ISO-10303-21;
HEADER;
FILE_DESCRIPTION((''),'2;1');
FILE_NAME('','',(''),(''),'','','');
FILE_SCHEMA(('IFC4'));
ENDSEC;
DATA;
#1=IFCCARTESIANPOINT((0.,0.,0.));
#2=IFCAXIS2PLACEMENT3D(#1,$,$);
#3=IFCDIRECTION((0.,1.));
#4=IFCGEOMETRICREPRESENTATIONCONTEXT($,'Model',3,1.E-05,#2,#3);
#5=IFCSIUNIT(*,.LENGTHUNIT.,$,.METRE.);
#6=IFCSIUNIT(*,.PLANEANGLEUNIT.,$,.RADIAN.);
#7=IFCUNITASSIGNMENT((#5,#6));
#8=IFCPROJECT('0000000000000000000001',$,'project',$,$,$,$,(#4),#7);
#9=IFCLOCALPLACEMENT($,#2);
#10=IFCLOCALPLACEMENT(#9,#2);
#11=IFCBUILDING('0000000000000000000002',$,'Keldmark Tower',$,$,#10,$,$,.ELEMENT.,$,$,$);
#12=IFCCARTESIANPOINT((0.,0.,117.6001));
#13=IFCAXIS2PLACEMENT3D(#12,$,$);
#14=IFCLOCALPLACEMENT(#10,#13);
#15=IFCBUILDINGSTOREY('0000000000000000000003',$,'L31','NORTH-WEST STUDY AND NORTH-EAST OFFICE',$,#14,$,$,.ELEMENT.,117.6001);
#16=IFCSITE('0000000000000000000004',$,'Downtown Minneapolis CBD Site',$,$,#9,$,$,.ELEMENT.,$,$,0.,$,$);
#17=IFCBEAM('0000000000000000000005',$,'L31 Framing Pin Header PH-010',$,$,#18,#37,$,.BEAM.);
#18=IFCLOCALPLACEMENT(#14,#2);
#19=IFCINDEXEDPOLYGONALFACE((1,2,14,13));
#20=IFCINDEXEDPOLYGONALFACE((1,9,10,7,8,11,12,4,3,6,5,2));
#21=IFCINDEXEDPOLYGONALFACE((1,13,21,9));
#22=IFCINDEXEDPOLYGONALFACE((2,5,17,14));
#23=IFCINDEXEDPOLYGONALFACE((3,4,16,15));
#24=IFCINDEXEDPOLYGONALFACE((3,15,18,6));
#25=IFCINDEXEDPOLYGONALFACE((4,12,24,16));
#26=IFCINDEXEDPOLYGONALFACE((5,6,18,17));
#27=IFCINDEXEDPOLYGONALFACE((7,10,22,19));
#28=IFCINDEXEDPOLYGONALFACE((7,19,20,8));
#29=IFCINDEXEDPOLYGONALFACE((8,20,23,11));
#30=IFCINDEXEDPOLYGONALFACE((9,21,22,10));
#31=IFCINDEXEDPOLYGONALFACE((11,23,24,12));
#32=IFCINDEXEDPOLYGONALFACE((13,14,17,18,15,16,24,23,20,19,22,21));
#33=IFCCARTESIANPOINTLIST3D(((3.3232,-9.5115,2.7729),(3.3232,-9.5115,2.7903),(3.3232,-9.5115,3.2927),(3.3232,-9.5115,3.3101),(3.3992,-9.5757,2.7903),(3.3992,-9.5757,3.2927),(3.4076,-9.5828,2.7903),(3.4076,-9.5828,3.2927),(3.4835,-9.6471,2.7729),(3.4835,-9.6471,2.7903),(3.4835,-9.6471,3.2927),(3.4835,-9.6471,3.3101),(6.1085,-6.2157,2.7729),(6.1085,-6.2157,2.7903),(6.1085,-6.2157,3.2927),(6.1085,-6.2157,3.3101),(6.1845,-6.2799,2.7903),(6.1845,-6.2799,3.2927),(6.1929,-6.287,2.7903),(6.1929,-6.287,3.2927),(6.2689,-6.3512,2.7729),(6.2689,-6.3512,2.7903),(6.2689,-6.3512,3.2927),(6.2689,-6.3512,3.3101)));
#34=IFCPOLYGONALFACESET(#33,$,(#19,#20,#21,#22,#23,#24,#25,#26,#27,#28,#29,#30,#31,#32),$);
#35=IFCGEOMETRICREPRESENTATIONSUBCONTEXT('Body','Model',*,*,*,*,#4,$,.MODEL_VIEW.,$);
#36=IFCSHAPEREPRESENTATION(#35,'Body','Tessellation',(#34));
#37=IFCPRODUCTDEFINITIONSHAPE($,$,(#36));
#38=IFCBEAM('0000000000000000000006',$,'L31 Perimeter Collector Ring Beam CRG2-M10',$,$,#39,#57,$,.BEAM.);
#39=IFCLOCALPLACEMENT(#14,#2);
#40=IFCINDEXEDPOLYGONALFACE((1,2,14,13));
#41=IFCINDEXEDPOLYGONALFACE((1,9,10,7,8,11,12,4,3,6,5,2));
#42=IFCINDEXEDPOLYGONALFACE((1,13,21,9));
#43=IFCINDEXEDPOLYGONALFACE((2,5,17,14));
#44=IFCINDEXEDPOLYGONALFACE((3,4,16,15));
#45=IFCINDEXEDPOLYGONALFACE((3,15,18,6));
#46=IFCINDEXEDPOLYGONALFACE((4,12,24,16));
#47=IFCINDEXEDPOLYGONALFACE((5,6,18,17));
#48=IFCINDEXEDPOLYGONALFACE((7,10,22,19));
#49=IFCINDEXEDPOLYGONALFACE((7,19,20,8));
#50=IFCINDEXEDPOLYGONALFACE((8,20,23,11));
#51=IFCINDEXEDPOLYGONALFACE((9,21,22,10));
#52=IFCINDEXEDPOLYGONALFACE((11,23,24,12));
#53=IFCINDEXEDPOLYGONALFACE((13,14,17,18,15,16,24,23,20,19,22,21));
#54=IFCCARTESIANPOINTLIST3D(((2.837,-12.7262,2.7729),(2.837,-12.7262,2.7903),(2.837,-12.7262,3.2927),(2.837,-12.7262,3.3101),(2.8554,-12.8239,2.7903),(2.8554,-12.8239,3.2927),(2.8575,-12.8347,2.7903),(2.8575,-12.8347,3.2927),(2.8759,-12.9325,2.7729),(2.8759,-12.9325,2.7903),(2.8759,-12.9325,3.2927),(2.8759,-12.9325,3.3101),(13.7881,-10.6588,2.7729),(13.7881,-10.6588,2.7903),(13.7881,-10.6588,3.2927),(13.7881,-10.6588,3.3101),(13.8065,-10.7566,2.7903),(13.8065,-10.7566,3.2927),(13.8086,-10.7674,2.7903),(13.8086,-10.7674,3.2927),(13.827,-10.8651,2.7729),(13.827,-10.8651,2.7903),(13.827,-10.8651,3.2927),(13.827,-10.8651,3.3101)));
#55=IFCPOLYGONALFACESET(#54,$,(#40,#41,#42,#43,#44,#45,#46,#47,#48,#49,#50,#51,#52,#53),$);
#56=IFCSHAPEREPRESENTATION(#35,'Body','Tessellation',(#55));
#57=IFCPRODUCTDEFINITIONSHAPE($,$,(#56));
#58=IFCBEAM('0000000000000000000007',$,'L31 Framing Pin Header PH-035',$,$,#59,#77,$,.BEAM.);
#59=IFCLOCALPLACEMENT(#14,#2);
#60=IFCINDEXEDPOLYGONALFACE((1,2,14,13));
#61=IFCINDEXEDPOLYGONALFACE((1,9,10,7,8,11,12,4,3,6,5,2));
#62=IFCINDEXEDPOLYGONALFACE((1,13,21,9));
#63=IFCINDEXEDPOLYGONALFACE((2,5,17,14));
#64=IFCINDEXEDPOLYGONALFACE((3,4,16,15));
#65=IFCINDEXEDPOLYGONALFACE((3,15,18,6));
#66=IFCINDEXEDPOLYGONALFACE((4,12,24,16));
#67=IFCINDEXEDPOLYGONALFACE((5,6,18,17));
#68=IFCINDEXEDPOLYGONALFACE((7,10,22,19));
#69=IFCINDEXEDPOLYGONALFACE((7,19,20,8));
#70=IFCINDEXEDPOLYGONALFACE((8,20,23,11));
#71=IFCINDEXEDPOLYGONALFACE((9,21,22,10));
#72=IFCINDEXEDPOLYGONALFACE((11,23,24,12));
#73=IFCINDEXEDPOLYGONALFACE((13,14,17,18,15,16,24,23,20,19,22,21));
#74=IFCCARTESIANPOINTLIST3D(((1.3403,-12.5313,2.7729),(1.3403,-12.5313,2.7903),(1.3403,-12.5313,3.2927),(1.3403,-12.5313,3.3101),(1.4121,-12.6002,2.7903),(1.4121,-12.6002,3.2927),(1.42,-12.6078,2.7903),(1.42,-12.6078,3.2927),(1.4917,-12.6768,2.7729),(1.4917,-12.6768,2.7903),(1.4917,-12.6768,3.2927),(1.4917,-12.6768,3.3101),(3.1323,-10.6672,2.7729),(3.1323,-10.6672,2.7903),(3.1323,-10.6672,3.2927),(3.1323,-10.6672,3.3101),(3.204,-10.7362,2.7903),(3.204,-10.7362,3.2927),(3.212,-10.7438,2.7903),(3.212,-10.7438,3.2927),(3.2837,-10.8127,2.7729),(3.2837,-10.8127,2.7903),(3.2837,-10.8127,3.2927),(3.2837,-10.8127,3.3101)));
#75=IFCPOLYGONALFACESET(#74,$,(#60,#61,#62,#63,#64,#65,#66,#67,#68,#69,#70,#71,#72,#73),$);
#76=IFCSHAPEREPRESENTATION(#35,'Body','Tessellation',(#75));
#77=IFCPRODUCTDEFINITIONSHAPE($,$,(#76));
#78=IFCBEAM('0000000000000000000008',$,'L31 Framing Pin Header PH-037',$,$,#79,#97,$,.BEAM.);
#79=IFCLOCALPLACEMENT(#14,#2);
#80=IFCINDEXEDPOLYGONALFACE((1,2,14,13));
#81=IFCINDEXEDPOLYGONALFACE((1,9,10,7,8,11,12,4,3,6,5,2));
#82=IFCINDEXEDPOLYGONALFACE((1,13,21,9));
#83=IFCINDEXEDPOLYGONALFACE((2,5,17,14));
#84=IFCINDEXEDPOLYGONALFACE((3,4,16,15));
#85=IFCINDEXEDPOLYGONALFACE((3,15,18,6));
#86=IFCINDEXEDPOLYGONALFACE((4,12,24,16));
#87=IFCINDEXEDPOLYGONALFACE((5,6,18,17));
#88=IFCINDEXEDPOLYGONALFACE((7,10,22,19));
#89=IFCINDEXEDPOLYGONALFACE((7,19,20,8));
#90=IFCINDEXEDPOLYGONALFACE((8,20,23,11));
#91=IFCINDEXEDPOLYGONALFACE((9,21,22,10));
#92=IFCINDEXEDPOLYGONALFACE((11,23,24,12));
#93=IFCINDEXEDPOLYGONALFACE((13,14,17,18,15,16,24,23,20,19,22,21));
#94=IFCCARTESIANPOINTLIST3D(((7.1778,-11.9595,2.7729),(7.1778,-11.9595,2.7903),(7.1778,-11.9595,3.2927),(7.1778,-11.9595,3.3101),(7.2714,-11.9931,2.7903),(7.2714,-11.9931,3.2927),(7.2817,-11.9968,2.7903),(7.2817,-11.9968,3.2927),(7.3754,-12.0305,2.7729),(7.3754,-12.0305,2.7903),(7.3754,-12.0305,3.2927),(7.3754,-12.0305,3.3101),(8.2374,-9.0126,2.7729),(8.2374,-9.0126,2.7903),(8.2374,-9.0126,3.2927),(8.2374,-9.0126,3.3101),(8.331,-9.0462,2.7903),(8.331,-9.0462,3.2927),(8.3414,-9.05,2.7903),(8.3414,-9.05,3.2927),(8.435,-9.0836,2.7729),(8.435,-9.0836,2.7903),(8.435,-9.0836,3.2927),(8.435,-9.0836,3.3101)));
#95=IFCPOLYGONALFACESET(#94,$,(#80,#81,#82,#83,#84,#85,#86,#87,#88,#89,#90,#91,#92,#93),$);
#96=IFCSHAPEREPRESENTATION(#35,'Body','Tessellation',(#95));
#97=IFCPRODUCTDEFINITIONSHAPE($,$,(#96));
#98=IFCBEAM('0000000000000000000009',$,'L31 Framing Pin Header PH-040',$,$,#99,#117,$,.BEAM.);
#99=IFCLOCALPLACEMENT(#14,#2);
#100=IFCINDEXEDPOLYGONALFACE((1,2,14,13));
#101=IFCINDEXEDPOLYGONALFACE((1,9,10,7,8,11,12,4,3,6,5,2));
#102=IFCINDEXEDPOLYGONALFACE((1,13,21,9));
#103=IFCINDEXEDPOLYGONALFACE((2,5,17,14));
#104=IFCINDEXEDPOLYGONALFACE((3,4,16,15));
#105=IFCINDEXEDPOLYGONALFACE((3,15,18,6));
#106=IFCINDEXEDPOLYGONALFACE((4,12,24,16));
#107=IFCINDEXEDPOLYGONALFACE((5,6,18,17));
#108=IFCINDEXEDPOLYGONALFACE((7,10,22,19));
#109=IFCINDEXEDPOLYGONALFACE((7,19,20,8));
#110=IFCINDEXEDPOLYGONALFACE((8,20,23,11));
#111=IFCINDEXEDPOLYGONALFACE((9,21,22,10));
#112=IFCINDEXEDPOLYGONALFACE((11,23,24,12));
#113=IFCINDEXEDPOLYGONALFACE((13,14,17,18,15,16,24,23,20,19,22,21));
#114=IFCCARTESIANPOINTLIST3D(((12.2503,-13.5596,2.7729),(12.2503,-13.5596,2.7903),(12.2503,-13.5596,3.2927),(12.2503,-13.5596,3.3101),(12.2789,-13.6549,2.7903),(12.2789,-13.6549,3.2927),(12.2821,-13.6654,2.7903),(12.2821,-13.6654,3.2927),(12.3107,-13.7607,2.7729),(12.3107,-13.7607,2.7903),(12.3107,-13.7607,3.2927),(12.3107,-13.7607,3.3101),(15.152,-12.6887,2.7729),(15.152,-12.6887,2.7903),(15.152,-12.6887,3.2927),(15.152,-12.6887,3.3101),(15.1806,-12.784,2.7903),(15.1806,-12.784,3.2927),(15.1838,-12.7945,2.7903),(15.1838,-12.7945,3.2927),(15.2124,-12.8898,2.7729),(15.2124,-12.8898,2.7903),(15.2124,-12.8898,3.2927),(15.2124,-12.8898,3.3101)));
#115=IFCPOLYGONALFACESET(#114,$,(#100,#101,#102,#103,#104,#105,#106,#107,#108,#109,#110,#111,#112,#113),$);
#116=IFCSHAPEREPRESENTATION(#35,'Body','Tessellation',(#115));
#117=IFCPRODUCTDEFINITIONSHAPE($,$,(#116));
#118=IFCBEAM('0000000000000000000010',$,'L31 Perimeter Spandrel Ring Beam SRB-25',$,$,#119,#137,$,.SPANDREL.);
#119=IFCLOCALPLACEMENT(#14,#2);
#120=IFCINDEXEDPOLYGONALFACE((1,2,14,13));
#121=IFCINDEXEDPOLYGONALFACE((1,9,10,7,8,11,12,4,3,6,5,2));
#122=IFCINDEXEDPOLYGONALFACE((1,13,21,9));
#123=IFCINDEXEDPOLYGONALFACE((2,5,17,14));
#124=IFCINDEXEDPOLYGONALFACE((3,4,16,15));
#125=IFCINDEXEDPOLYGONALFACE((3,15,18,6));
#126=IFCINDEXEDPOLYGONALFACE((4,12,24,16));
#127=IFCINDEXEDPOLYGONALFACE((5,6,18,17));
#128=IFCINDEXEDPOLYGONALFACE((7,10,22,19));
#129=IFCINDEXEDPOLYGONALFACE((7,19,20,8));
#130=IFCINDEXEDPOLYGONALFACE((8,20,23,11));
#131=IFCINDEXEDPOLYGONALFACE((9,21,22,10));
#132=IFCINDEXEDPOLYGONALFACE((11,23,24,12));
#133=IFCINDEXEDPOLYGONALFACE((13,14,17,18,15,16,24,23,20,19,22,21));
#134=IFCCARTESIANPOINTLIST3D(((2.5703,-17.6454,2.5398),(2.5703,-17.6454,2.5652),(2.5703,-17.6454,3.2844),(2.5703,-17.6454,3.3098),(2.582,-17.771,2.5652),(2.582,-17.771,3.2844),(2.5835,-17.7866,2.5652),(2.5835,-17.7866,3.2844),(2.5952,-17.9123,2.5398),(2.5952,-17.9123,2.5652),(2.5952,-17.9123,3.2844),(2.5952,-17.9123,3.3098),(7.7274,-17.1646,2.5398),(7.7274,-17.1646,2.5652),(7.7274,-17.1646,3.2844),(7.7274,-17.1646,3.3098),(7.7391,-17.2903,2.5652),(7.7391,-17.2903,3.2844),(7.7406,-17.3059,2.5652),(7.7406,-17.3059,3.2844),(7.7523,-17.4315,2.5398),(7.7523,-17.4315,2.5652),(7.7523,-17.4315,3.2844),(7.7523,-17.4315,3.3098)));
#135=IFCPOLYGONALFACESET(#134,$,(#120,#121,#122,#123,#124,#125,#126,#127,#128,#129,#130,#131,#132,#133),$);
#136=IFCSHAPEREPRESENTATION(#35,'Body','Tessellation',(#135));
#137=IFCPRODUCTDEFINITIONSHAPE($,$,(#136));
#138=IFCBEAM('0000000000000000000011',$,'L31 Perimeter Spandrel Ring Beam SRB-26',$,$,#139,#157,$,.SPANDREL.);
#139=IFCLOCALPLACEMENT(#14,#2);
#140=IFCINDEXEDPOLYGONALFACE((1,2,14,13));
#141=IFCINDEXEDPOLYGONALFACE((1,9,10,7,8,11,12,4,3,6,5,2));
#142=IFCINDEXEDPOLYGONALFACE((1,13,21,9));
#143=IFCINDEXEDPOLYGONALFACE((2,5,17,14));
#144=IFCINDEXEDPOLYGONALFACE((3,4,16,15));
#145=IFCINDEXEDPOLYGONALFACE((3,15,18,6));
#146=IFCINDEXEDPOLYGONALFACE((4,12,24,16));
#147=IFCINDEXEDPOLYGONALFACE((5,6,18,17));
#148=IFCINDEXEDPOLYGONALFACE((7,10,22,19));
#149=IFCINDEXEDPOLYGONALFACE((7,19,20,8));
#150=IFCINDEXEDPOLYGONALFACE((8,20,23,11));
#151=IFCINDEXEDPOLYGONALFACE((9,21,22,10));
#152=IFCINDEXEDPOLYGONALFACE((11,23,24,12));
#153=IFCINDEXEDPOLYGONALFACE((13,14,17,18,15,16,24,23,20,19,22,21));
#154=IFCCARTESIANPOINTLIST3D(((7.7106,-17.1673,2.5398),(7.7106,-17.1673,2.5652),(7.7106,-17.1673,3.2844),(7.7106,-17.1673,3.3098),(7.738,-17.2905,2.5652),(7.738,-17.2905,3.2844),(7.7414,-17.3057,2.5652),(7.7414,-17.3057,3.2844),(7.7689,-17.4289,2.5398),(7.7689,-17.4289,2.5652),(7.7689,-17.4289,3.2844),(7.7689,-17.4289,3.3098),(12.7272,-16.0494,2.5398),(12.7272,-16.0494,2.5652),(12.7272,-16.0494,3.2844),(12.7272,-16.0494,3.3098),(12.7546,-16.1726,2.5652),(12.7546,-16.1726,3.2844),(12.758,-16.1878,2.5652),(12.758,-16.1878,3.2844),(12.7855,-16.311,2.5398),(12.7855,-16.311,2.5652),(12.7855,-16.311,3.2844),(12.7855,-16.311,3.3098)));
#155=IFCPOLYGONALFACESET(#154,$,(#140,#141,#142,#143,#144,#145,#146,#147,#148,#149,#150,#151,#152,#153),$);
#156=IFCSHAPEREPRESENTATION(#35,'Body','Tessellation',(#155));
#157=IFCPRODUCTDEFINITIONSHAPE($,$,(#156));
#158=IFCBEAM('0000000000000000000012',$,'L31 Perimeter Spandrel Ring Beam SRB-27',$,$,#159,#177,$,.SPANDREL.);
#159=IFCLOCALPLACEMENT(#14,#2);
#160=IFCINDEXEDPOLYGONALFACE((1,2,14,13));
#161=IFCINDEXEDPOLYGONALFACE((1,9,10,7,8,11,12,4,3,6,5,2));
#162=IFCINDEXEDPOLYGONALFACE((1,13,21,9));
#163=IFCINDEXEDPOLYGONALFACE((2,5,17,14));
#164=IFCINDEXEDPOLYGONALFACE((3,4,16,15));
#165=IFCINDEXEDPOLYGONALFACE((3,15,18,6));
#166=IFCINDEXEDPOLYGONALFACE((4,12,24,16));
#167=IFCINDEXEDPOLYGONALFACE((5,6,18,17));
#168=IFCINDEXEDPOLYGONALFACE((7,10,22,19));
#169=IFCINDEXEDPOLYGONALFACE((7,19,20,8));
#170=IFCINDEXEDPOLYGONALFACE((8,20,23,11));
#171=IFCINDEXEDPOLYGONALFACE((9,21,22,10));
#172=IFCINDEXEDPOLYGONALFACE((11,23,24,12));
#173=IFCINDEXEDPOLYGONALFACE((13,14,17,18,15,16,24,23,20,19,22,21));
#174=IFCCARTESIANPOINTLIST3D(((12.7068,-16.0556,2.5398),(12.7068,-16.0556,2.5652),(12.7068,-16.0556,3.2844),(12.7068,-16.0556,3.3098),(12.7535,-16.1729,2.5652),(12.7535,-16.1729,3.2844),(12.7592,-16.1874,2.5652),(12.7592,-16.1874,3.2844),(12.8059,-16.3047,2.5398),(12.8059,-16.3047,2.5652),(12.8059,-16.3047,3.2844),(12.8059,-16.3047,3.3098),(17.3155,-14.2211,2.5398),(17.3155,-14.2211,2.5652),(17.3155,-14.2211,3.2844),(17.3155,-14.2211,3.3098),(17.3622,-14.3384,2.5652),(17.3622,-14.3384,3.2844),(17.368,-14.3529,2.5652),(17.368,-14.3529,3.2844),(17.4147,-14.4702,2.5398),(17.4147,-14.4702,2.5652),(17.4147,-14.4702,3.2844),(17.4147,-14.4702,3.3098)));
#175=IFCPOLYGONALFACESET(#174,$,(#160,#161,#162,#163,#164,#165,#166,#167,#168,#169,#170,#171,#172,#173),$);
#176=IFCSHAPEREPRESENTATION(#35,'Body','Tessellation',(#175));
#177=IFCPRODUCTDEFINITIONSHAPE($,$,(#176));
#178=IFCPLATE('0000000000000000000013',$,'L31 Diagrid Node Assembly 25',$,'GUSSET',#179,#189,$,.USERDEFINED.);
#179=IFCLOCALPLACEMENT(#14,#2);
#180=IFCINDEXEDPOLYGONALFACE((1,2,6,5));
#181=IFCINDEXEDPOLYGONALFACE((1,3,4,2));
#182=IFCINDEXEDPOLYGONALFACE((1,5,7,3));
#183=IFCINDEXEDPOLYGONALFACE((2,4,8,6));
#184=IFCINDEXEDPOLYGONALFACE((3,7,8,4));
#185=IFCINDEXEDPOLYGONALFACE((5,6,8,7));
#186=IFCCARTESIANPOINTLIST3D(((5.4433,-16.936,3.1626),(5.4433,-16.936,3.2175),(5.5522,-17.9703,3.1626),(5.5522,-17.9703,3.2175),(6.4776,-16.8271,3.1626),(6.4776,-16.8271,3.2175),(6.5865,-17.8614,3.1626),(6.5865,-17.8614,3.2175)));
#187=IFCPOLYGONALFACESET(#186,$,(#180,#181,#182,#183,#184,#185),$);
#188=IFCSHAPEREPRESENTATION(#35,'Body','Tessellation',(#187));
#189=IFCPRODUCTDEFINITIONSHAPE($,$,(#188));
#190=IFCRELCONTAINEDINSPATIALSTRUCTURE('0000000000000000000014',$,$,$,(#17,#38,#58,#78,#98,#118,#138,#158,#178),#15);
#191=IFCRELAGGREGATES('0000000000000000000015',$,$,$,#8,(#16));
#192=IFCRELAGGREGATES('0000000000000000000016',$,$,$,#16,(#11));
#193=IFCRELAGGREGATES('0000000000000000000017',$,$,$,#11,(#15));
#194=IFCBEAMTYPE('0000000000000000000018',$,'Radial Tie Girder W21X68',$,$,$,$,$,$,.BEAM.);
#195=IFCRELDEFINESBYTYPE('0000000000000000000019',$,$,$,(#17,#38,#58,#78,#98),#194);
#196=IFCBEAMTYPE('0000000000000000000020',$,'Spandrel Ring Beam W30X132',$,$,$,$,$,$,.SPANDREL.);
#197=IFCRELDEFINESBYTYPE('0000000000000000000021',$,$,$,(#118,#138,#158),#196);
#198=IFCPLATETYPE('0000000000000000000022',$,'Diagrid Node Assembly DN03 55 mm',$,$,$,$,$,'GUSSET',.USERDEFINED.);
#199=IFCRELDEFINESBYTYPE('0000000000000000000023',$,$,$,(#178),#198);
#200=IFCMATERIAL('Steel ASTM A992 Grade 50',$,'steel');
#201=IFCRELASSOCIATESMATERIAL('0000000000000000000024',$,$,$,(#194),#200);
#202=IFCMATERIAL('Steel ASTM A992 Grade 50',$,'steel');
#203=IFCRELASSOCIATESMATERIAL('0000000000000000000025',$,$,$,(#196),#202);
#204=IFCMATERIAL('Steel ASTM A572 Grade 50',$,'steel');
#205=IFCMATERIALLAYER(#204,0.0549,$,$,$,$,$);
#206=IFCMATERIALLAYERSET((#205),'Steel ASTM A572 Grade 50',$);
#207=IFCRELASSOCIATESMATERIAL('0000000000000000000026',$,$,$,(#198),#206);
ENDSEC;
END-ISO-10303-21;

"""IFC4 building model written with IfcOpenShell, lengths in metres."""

from ifc_helpers import new_model, si_unit, direction, frame, origin, origin_2d, place, context, subcontext, project, spatial, rectangle, i_section, extrude, material, layer, layer_set, material_profile, profile_set, type_object, element, save


model = new_model("IFC4")

# Units and contexts
model_context = context("Model", 3, precision=1e-05, world=origin(), true_north=direction((0.0, 1.0)))
body_context = subcontext(model_context, "Body", "Model", "MODEL_VIEW")
ifc_project = project(units=[si_unit("LENGTHUNIT", "METRE"), si_unit("PLANEANGLEUNIT", "RADIAN")], contexts=[model_context])

# Site, building, storey
site_placement = place(None, origin())
site = spatial("IfcSite", under=ifc_project, at=site_placement, Name="Downtown Minneapolis CBD Site", CompositionType="ELEMENT", RefElevation=0.0)
building_placement = place(site_placement, origin())
building = spatial("IfcBuilding", under=site, at=building_placement, Name="Keldmark Tower", CompositionType="ELEMENT")
storey_placement = place(building_placement, frame((0.0, 0.0, 117.6001)))
storey = spatial("IfcBuildingStorey", under=building, at=storey_placement, Name="L31", Description="NORTH-WEST STUDY AND NORTH-EAST OFFICE", CompositionType="ELEMENT", Elevation=117.6001)

# Beams
ifc_material_1 = material(Name="Steel ASTM A992 Grade 50", Category="steel")
ifc_material_profile_1 = material_profile(ifc_material_1, i_section(OverallWidth=0.21, OverallDepth=0.5371, WebThickness=0.011, FlangeThickness=0.0173, at=origin_2d()), Name="W21X68")
ifc_profile_set_1 = profile_set([ifc_material_profile_1], Name="Steel ASTM A992 Grade 50")
beam_type_1 = type_object("IfcBeamType", Name="Radial Tie Girder W21X68", PredefinedType="BEAM", material=ifc_profile_set_1)
beam_1_placement = place(storey_placement, frame((6.1887, -6.2834, 3.0415), z_axis=(-0.645478, -0.763779, 0.0), x_axis=(0.763779, -0.645478, 0.0)))
element("IfcBeam", 1, at=beam_1_placement, inside=storey, type_object=beam_type_1, Name="L31 Framing Pin Header PH-010", PredefinedType="BEAM", context=body_context, shape_type="SweptSolid", body=[
    extrude(i_section(OverallWidth=0.21, OverallDepth=0.5371, WebThickness=0.011, FlangeThickness=0.0173, at=origin_2d()), origin(), (0.0, 0.0, 1.0), 4.3152),
])
beam_2_placement = place(storey_placement, frame((2.8564, -12.8293, 3.0415), z_axis=(0.982643, 0.185505, 0.0), x_axis=(-0.185505, 0.982643, 0.0)))
element("IfcBeam", 2, at=beam_2_placement, inside=storey, type_object=beam_type_1, Name="L31 Perimeter Collector Ring Beam CRG2-M10", PredefinedType="BEAM", context=body_context, shape_type="SweptSolid", body=[
    extrude(i_section(OverallWidth=0.21, OverallDepth=0.5371, WebThickness=0.011, FlangeThickness=0.0173, at=origin_2d()), origin(), (0.0, 0.0, 1.0), 11.1445),
])
beam_3_placement = place(storey_placement, frame((3.208, -10.74, 3.0415), z_axis=(-0.693043, -0.720897, 0.0), x_axis=(0.720897, -0.693043, 0.0)))
element("IfcBeam", 3, at=beam_3_placement, inside=storey, type_object=beam_type_1, Name="L31 Framing Pin Header PH-035", PredefinedType="BEAM", context=body_context, shape_type="SweptSolid", body=[
    extrude(i_section(OverallWidth=0.21, OverallDepth=0.5371, WebThickness=0.011, FlangeThickness=0.0173, at=origin_2d()), origin(), (0.0, 0.0, 1.0), 2.5857),
])
beam_4_placement = place(storey_placement, frame((8.3362, -9.0481, 3.0415), z_axis=(-0.338361, -0.941017, 0.0), x_axis=(0.941017, -0.338361, 0.0)))
element("IfcBeam", 4, at=beam_4_placement, inside=storey, type_object=beam_type_1, Name="L31 Framing Pin Header PH-037", PredefinedType="BEAM", context=body_context, shape_type="SweptSolid", body=[
    extrude(i_section(OverallWidth=0.21, OverallDepth=0.5371, WebThickness=0.011, FlangeThickness=0.0173, at=origin_2d()), origin(), (0.0, 0.0, 1.0), 3.1316),
])
beam_5_placement = place(storey_placement, frame((12.2805, -13.6602, 3.0415), z_axis=(0.957793, 0.287459, 0.0), x_axis=(-0.287459, 0.957793, 0.0)))
element("IfcBeam", 5, at=beam_5_placement, inside=storey, type_object=beam_type_1, Name="L31 Framing Pin Header PH-040", PredefinedType="BEAM", context=body_context, shape_type="SweptSolid", body=[
    extrude(i_section(OverallWidth=0.21, OverallDepth=0.5371, WebThickness=0.011, FlangeThickness=0.0173, at=origin_2d()), origin(), (0.0, 0.0, 1.0), 3.0295),
])
ifc_material_2 = material(Name="Steel ASTM A992 Grade 50", Category="steel")
ifc_material_profile_2 = material_profile(ifc_material_2, i_section(OverallWidth=0.2681, OverallDepth=0.77, WebThickness=0.0156, FlangeThickness=0.0254, at=origin_2d()), Name="W30X132")
ifc_profile_set_2 = profile_set([ifc_material_profile_2], Name="Steel ASTM A992 Grade 50")
beam_type_2 = type_object("IfcBeamType", Name="Spandrel Ring Beam W30X132", PredefinedType="SPANDREL", material=ifc_profile_set_2)
beam_6_placement = place(storey_placement, frame((2.5828, -17.7788, 2.9248), z_axis=(0.995684, 0.092814, 0.0), x_axis=(-0.092814, 0.995684, 0.0)))
element("IfcBeam", 6, at=beam_6_placement, inside=storey, type_object=beam_type_2, Name="L31 Perimeter Spandrel Ring Beam SRB-25", PredefinedType="SPANDREL", context=body_context, shape_type="SweptSolid", body=[
    extrude(i_section(OverallWidth=0.2681, OverallDepth=0.77, WebThickness=0.0156, FlangeThickness=0.0254, at=origin_2d()), origin(), (0.0, 0.0, 1.0), 5.1794),
])
beam_7_placement = place(storey_placement, frame((7.7397, -17.2981, 2.9248), z_axis=(0.976058, 0.217509, 0.0), x_axis=(-0.217509, 0.976058, 0.0)))
element("IfcBeam", 7, at=beam_7_placement, inside=storey, type_object=beam_type_2, Name="L31 Perimeter Spandrel Ring Beam SRB-26", PredefinedType="SPANDREL", context=body_context, shape_type="SweptSolid", body=[
    extrude(i_section(OverallWidth=0.2681, OverallDepth=0.77, WebThickness=0.0156, FlangeThickness=0.0254, at=origin_2d()), origin(), (0.0, 0.0, 1.0), 5.1396),
])
beam_8_placement = place(storey_placement, frame((12.7563, -16.1802, 2.9248), z_axis=(0.9291, 0.369829, 0.0), x_axis=(-0.369829, 0.9291, 0.0)))
element("IfcBeam", 8, at=beam_8_placement, inside=storey, type_object=beam_type_2, Name="L31 Perimeter Spandrel Ring Beam SRB-27", PredefinedType="SPANDREL", context=body_context, shape_type="SweptSolid", body=[
    extrude(i_section(OverallWidth=0.2681, OverallDepth=0.77, WebThickness=0.0156, FlangeThickness=0.0254, at=origin_2d()), origin(), (0.0, 0.0, 1.0), 4.9604),
])

# Plate
ifc_material_3 = material(Name="Steel ASTM A572 Grade 50", Category="steel")
ifc_layer_1 = layer(ifc_material_3, 0.0549)
ifc_layer_set_1 = layer_set([ifc_layer_1], Name="Steel ASTM A572 Grade 50")
plate_type = type_object("IfcPlateType", Name="Diagrid Node Assembly DN03 55 mm", ElementType="GUSSET", PredefinedType="USERDEFINED", material=ifc_layer_set_1)
for number, where, z_axis, x_axis, name in (
    (9, (6.0149, -17.3987, 3.1626), (0.0, 0.0, 1.0), (0.994504, 0.104702, 0.0), "L31 Diagrid Node Assembly 25"),
):
    element("IfcPlate", number, at=place(storey_placement, frame(where, z_axis=z_axis, x_axis=x_axis)), inside=storey, type_object=plate_type, Name=name, ObjectType="GUSSET", PredefinedType="USERDEFINED", context=body_context, shape_type="SweptSolid", body=[
        extrude(rectangle(XDim=1.04, YDim=1.04, at=origin_2d()), origin(), (0.0, 0.0, 1.0), 0.0549),
    ])

save(model, "model.ifc")
